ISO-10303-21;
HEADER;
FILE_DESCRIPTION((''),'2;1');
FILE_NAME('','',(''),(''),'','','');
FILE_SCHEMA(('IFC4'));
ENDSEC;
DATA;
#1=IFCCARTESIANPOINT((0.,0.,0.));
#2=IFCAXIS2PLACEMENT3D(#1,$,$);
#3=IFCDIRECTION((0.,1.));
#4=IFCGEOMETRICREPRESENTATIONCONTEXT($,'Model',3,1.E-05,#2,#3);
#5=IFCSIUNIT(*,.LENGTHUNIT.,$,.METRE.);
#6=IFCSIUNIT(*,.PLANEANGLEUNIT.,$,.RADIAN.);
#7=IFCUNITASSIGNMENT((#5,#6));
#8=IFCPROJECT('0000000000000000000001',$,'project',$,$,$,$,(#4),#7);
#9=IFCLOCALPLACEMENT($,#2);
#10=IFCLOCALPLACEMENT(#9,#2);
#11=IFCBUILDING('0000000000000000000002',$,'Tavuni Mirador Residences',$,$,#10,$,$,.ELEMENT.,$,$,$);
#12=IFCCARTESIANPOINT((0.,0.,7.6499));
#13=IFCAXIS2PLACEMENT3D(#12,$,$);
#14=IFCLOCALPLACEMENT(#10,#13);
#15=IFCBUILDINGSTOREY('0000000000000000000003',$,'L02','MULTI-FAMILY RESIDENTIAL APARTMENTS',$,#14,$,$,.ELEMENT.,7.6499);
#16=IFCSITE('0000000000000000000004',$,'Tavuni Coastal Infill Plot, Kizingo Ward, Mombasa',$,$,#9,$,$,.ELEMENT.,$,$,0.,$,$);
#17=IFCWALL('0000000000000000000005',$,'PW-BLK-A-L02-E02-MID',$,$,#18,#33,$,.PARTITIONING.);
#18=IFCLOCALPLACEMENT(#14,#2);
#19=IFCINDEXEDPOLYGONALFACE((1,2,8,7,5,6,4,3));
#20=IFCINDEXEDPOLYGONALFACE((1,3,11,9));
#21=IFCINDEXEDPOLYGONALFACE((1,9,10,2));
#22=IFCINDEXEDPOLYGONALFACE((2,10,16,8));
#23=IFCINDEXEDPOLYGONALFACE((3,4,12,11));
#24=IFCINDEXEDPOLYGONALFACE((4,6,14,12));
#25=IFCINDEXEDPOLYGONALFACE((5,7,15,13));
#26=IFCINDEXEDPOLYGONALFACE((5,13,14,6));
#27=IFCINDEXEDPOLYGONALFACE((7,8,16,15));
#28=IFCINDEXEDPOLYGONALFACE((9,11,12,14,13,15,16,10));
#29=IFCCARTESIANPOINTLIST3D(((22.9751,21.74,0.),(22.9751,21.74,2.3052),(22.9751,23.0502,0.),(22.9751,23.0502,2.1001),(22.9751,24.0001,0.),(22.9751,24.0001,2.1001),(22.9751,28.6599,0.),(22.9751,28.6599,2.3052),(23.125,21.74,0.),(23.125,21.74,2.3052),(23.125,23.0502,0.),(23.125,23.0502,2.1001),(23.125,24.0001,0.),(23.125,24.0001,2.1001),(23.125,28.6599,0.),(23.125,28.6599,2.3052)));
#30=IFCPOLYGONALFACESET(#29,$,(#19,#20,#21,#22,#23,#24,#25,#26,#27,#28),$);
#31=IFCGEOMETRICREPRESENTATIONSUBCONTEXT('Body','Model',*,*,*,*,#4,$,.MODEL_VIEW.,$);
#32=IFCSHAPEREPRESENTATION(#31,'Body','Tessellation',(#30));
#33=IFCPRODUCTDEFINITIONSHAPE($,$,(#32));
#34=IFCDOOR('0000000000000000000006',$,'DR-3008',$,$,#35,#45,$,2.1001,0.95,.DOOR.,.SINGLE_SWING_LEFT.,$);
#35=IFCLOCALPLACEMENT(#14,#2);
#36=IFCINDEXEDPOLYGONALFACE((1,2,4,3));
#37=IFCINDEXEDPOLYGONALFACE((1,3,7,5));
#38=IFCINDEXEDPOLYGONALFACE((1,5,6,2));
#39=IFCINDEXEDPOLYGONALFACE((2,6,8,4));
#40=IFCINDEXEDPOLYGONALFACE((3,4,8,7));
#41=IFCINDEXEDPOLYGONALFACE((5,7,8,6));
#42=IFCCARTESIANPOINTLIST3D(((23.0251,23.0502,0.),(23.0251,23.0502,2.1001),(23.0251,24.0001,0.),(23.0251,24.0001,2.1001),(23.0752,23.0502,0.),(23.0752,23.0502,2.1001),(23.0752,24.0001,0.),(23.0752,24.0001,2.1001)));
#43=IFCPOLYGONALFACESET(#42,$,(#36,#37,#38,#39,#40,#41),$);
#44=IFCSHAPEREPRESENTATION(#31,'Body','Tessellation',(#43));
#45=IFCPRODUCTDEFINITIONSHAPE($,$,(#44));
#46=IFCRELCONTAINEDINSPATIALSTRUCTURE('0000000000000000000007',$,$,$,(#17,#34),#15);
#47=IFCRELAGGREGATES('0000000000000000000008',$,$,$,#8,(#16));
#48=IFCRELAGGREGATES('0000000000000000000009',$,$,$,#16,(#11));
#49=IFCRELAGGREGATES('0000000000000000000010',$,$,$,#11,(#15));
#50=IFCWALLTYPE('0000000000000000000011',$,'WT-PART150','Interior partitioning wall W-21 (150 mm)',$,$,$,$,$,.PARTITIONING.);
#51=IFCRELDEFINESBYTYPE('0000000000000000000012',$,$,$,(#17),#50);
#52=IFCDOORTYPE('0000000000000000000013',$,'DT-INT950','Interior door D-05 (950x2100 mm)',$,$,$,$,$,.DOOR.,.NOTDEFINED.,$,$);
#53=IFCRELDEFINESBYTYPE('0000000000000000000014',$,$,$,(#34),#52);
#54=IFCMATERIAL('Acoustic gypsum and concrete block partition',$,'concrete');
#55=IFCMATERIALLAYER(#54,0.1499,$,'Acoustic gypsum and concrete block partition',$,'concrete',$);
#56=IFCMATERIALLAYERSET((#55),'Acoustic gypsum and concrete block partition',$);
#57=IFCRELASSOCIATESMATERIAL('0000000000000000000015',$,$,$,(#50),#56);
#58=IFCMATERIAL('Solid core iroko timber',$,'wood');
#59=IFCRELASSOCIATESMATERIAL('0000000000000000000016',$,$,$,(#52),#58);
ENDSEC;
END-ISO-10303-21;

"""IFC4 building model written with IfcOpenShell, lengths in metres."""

from ifc_helpers import new_model, si_unit, direction, frame, frame_2d, origin, place, context, subcontext, project, spatial, rectangle, extrude, material, layer, layer_set, type_object, element, fill, save


model = new_model("IFC4")

# Units and contexts
model_context = context("Model", 3, precision=1e-05, world=origin(), true_north=direction((0.0, 1.0)))
body_context = subcontext(model_context, "Body", "Model", "MODEL_VIEW")
ifc_project = project(units=[si_unit("LENGTHUNIT", "METRE"), si_unit("PLANEANGLEUNIT", "RADIAN")], contexts=[model_context])

# Site, building, storey
site_placement = place(None, origin())
site = spatial("IfcSite", under=ifc_project, at=site_placement, Name="Tavuni Coastal Infill Plot, Kizingo Ward, Mombasa", CompositionType="ELEMENT", RefElevation=0.0)
building_placement = place(site_placement, origin())
building = spatial("IfcBuilding", under=site, at=building_placement, Name="Tavuni Mirador Residences", CompositionType="ELEMENT")
storey_placement = place(building_placement, frame((0.0, 0.0, 7.6499)))
storey = spatial("IfcBuildingStorey", under=building, at=storey_placement, Name="L02", Description="MULTI-FAMILY RESIDENTIAL APARTMENTS", CompositionType="ELEMENT", Elevation=7.6499)

# Shared definitions
ifc_material_1 = material(Name="Solid core iroko timber", Category="wood")

# Wall, opening, door
ifc_material_2 = material(Name="Acoustic gypsum and concrete block partition", Category="concrete")
ifc_layer_1 = layer(ifc_material_2, 0.1499, Name="Acoustic gypsum and concrete block partition", Category="concrete")
ifc_layer_set_1 = layer_set([ifc_layer_1], Name="Acoustic gypsum and concrete block partition")
wall_type_1 = type_object("IfcWallType", Name="WT-PART150", Description="Interior partitioning wall W-21 (150 mm)", PredefinedType="PARTITIONING", material=ifc_layer_set_1)
wall_1_placement = place(storey_placement, frame((23.05, 21.74, 0.0), z_axis=(0.0, 0.0, 1.0), x_axis=(0.0, 1.0, 0.0)))
wall_1 = element("IfcWall", 1, at=wall_1_placement, inside=storey, type_object=wall_type_1, Name="PW-BLK-A-L02-E02-MID", PredefinedType="PARTITIONING", context=body_context, shape_type="SweptSolid", body=[
    extrude(rectangle(XDim=6.9199, YDim=0.1499, at=frame_2d((3.46, 0.0))), origin(), (0.0, 0.0, 1.0), 2.3052),
])
opening_1_placement = place(wall_1_placement, frame((1.3101, 0.0, 0.0)))
opening_1 = element("IfcOpeningElement", 2, at=opening_1_placement, cuts=wall_1, PredefinedType="OPENING", context=body_context, shape_type="SweptSolid", body=[
    extrude(rectangle(XDim=0.95, YDim=2.1001, at=frame_2d((0.4751, 1.05))), frame((0.0, 0.085, 0.0), z_axis=(0.0, -1.0, 0.0), x_axis=(1.0, 0.0, 0.0)), (0.0, 0.0, 1.0), 0.1699),
])
door_type_1 = type_object("IfcDoorType", Name="DT-INT950", Description="Interior door D-05 (950x2100 mm)", OperationType="NOTDEFINED", PredefinedType="DOOR", material=ifc_material_1)
door_1_placement = place(opening_1_placement, origin())
door_1 = element("IfcDoor", 3, at=door_1_placement, inside=storey, type_object=door_type_1, Name="DR-3008", OperationType="SINGLE_SWING_LEFT", OverallHeight=2.1001, OverallWidth=0.95, PredefinedType="DOOR", context=body_context, shape_type="SweptSolid", body=[
    extrude(rectangle(XDim=0.95, YDim=2.1001, at=frame_2d((0.4751, 1.05))), frame((0.0, 0.0249, 0.0), z_axis=(0.0, -1.0, 0.0), x_axis=(1.0, 0.0, 0.0)), (0.0, 0.0, 1.0), 0.05),
])
fill(opening_1, door_1)

save(model, "model.ifc")
